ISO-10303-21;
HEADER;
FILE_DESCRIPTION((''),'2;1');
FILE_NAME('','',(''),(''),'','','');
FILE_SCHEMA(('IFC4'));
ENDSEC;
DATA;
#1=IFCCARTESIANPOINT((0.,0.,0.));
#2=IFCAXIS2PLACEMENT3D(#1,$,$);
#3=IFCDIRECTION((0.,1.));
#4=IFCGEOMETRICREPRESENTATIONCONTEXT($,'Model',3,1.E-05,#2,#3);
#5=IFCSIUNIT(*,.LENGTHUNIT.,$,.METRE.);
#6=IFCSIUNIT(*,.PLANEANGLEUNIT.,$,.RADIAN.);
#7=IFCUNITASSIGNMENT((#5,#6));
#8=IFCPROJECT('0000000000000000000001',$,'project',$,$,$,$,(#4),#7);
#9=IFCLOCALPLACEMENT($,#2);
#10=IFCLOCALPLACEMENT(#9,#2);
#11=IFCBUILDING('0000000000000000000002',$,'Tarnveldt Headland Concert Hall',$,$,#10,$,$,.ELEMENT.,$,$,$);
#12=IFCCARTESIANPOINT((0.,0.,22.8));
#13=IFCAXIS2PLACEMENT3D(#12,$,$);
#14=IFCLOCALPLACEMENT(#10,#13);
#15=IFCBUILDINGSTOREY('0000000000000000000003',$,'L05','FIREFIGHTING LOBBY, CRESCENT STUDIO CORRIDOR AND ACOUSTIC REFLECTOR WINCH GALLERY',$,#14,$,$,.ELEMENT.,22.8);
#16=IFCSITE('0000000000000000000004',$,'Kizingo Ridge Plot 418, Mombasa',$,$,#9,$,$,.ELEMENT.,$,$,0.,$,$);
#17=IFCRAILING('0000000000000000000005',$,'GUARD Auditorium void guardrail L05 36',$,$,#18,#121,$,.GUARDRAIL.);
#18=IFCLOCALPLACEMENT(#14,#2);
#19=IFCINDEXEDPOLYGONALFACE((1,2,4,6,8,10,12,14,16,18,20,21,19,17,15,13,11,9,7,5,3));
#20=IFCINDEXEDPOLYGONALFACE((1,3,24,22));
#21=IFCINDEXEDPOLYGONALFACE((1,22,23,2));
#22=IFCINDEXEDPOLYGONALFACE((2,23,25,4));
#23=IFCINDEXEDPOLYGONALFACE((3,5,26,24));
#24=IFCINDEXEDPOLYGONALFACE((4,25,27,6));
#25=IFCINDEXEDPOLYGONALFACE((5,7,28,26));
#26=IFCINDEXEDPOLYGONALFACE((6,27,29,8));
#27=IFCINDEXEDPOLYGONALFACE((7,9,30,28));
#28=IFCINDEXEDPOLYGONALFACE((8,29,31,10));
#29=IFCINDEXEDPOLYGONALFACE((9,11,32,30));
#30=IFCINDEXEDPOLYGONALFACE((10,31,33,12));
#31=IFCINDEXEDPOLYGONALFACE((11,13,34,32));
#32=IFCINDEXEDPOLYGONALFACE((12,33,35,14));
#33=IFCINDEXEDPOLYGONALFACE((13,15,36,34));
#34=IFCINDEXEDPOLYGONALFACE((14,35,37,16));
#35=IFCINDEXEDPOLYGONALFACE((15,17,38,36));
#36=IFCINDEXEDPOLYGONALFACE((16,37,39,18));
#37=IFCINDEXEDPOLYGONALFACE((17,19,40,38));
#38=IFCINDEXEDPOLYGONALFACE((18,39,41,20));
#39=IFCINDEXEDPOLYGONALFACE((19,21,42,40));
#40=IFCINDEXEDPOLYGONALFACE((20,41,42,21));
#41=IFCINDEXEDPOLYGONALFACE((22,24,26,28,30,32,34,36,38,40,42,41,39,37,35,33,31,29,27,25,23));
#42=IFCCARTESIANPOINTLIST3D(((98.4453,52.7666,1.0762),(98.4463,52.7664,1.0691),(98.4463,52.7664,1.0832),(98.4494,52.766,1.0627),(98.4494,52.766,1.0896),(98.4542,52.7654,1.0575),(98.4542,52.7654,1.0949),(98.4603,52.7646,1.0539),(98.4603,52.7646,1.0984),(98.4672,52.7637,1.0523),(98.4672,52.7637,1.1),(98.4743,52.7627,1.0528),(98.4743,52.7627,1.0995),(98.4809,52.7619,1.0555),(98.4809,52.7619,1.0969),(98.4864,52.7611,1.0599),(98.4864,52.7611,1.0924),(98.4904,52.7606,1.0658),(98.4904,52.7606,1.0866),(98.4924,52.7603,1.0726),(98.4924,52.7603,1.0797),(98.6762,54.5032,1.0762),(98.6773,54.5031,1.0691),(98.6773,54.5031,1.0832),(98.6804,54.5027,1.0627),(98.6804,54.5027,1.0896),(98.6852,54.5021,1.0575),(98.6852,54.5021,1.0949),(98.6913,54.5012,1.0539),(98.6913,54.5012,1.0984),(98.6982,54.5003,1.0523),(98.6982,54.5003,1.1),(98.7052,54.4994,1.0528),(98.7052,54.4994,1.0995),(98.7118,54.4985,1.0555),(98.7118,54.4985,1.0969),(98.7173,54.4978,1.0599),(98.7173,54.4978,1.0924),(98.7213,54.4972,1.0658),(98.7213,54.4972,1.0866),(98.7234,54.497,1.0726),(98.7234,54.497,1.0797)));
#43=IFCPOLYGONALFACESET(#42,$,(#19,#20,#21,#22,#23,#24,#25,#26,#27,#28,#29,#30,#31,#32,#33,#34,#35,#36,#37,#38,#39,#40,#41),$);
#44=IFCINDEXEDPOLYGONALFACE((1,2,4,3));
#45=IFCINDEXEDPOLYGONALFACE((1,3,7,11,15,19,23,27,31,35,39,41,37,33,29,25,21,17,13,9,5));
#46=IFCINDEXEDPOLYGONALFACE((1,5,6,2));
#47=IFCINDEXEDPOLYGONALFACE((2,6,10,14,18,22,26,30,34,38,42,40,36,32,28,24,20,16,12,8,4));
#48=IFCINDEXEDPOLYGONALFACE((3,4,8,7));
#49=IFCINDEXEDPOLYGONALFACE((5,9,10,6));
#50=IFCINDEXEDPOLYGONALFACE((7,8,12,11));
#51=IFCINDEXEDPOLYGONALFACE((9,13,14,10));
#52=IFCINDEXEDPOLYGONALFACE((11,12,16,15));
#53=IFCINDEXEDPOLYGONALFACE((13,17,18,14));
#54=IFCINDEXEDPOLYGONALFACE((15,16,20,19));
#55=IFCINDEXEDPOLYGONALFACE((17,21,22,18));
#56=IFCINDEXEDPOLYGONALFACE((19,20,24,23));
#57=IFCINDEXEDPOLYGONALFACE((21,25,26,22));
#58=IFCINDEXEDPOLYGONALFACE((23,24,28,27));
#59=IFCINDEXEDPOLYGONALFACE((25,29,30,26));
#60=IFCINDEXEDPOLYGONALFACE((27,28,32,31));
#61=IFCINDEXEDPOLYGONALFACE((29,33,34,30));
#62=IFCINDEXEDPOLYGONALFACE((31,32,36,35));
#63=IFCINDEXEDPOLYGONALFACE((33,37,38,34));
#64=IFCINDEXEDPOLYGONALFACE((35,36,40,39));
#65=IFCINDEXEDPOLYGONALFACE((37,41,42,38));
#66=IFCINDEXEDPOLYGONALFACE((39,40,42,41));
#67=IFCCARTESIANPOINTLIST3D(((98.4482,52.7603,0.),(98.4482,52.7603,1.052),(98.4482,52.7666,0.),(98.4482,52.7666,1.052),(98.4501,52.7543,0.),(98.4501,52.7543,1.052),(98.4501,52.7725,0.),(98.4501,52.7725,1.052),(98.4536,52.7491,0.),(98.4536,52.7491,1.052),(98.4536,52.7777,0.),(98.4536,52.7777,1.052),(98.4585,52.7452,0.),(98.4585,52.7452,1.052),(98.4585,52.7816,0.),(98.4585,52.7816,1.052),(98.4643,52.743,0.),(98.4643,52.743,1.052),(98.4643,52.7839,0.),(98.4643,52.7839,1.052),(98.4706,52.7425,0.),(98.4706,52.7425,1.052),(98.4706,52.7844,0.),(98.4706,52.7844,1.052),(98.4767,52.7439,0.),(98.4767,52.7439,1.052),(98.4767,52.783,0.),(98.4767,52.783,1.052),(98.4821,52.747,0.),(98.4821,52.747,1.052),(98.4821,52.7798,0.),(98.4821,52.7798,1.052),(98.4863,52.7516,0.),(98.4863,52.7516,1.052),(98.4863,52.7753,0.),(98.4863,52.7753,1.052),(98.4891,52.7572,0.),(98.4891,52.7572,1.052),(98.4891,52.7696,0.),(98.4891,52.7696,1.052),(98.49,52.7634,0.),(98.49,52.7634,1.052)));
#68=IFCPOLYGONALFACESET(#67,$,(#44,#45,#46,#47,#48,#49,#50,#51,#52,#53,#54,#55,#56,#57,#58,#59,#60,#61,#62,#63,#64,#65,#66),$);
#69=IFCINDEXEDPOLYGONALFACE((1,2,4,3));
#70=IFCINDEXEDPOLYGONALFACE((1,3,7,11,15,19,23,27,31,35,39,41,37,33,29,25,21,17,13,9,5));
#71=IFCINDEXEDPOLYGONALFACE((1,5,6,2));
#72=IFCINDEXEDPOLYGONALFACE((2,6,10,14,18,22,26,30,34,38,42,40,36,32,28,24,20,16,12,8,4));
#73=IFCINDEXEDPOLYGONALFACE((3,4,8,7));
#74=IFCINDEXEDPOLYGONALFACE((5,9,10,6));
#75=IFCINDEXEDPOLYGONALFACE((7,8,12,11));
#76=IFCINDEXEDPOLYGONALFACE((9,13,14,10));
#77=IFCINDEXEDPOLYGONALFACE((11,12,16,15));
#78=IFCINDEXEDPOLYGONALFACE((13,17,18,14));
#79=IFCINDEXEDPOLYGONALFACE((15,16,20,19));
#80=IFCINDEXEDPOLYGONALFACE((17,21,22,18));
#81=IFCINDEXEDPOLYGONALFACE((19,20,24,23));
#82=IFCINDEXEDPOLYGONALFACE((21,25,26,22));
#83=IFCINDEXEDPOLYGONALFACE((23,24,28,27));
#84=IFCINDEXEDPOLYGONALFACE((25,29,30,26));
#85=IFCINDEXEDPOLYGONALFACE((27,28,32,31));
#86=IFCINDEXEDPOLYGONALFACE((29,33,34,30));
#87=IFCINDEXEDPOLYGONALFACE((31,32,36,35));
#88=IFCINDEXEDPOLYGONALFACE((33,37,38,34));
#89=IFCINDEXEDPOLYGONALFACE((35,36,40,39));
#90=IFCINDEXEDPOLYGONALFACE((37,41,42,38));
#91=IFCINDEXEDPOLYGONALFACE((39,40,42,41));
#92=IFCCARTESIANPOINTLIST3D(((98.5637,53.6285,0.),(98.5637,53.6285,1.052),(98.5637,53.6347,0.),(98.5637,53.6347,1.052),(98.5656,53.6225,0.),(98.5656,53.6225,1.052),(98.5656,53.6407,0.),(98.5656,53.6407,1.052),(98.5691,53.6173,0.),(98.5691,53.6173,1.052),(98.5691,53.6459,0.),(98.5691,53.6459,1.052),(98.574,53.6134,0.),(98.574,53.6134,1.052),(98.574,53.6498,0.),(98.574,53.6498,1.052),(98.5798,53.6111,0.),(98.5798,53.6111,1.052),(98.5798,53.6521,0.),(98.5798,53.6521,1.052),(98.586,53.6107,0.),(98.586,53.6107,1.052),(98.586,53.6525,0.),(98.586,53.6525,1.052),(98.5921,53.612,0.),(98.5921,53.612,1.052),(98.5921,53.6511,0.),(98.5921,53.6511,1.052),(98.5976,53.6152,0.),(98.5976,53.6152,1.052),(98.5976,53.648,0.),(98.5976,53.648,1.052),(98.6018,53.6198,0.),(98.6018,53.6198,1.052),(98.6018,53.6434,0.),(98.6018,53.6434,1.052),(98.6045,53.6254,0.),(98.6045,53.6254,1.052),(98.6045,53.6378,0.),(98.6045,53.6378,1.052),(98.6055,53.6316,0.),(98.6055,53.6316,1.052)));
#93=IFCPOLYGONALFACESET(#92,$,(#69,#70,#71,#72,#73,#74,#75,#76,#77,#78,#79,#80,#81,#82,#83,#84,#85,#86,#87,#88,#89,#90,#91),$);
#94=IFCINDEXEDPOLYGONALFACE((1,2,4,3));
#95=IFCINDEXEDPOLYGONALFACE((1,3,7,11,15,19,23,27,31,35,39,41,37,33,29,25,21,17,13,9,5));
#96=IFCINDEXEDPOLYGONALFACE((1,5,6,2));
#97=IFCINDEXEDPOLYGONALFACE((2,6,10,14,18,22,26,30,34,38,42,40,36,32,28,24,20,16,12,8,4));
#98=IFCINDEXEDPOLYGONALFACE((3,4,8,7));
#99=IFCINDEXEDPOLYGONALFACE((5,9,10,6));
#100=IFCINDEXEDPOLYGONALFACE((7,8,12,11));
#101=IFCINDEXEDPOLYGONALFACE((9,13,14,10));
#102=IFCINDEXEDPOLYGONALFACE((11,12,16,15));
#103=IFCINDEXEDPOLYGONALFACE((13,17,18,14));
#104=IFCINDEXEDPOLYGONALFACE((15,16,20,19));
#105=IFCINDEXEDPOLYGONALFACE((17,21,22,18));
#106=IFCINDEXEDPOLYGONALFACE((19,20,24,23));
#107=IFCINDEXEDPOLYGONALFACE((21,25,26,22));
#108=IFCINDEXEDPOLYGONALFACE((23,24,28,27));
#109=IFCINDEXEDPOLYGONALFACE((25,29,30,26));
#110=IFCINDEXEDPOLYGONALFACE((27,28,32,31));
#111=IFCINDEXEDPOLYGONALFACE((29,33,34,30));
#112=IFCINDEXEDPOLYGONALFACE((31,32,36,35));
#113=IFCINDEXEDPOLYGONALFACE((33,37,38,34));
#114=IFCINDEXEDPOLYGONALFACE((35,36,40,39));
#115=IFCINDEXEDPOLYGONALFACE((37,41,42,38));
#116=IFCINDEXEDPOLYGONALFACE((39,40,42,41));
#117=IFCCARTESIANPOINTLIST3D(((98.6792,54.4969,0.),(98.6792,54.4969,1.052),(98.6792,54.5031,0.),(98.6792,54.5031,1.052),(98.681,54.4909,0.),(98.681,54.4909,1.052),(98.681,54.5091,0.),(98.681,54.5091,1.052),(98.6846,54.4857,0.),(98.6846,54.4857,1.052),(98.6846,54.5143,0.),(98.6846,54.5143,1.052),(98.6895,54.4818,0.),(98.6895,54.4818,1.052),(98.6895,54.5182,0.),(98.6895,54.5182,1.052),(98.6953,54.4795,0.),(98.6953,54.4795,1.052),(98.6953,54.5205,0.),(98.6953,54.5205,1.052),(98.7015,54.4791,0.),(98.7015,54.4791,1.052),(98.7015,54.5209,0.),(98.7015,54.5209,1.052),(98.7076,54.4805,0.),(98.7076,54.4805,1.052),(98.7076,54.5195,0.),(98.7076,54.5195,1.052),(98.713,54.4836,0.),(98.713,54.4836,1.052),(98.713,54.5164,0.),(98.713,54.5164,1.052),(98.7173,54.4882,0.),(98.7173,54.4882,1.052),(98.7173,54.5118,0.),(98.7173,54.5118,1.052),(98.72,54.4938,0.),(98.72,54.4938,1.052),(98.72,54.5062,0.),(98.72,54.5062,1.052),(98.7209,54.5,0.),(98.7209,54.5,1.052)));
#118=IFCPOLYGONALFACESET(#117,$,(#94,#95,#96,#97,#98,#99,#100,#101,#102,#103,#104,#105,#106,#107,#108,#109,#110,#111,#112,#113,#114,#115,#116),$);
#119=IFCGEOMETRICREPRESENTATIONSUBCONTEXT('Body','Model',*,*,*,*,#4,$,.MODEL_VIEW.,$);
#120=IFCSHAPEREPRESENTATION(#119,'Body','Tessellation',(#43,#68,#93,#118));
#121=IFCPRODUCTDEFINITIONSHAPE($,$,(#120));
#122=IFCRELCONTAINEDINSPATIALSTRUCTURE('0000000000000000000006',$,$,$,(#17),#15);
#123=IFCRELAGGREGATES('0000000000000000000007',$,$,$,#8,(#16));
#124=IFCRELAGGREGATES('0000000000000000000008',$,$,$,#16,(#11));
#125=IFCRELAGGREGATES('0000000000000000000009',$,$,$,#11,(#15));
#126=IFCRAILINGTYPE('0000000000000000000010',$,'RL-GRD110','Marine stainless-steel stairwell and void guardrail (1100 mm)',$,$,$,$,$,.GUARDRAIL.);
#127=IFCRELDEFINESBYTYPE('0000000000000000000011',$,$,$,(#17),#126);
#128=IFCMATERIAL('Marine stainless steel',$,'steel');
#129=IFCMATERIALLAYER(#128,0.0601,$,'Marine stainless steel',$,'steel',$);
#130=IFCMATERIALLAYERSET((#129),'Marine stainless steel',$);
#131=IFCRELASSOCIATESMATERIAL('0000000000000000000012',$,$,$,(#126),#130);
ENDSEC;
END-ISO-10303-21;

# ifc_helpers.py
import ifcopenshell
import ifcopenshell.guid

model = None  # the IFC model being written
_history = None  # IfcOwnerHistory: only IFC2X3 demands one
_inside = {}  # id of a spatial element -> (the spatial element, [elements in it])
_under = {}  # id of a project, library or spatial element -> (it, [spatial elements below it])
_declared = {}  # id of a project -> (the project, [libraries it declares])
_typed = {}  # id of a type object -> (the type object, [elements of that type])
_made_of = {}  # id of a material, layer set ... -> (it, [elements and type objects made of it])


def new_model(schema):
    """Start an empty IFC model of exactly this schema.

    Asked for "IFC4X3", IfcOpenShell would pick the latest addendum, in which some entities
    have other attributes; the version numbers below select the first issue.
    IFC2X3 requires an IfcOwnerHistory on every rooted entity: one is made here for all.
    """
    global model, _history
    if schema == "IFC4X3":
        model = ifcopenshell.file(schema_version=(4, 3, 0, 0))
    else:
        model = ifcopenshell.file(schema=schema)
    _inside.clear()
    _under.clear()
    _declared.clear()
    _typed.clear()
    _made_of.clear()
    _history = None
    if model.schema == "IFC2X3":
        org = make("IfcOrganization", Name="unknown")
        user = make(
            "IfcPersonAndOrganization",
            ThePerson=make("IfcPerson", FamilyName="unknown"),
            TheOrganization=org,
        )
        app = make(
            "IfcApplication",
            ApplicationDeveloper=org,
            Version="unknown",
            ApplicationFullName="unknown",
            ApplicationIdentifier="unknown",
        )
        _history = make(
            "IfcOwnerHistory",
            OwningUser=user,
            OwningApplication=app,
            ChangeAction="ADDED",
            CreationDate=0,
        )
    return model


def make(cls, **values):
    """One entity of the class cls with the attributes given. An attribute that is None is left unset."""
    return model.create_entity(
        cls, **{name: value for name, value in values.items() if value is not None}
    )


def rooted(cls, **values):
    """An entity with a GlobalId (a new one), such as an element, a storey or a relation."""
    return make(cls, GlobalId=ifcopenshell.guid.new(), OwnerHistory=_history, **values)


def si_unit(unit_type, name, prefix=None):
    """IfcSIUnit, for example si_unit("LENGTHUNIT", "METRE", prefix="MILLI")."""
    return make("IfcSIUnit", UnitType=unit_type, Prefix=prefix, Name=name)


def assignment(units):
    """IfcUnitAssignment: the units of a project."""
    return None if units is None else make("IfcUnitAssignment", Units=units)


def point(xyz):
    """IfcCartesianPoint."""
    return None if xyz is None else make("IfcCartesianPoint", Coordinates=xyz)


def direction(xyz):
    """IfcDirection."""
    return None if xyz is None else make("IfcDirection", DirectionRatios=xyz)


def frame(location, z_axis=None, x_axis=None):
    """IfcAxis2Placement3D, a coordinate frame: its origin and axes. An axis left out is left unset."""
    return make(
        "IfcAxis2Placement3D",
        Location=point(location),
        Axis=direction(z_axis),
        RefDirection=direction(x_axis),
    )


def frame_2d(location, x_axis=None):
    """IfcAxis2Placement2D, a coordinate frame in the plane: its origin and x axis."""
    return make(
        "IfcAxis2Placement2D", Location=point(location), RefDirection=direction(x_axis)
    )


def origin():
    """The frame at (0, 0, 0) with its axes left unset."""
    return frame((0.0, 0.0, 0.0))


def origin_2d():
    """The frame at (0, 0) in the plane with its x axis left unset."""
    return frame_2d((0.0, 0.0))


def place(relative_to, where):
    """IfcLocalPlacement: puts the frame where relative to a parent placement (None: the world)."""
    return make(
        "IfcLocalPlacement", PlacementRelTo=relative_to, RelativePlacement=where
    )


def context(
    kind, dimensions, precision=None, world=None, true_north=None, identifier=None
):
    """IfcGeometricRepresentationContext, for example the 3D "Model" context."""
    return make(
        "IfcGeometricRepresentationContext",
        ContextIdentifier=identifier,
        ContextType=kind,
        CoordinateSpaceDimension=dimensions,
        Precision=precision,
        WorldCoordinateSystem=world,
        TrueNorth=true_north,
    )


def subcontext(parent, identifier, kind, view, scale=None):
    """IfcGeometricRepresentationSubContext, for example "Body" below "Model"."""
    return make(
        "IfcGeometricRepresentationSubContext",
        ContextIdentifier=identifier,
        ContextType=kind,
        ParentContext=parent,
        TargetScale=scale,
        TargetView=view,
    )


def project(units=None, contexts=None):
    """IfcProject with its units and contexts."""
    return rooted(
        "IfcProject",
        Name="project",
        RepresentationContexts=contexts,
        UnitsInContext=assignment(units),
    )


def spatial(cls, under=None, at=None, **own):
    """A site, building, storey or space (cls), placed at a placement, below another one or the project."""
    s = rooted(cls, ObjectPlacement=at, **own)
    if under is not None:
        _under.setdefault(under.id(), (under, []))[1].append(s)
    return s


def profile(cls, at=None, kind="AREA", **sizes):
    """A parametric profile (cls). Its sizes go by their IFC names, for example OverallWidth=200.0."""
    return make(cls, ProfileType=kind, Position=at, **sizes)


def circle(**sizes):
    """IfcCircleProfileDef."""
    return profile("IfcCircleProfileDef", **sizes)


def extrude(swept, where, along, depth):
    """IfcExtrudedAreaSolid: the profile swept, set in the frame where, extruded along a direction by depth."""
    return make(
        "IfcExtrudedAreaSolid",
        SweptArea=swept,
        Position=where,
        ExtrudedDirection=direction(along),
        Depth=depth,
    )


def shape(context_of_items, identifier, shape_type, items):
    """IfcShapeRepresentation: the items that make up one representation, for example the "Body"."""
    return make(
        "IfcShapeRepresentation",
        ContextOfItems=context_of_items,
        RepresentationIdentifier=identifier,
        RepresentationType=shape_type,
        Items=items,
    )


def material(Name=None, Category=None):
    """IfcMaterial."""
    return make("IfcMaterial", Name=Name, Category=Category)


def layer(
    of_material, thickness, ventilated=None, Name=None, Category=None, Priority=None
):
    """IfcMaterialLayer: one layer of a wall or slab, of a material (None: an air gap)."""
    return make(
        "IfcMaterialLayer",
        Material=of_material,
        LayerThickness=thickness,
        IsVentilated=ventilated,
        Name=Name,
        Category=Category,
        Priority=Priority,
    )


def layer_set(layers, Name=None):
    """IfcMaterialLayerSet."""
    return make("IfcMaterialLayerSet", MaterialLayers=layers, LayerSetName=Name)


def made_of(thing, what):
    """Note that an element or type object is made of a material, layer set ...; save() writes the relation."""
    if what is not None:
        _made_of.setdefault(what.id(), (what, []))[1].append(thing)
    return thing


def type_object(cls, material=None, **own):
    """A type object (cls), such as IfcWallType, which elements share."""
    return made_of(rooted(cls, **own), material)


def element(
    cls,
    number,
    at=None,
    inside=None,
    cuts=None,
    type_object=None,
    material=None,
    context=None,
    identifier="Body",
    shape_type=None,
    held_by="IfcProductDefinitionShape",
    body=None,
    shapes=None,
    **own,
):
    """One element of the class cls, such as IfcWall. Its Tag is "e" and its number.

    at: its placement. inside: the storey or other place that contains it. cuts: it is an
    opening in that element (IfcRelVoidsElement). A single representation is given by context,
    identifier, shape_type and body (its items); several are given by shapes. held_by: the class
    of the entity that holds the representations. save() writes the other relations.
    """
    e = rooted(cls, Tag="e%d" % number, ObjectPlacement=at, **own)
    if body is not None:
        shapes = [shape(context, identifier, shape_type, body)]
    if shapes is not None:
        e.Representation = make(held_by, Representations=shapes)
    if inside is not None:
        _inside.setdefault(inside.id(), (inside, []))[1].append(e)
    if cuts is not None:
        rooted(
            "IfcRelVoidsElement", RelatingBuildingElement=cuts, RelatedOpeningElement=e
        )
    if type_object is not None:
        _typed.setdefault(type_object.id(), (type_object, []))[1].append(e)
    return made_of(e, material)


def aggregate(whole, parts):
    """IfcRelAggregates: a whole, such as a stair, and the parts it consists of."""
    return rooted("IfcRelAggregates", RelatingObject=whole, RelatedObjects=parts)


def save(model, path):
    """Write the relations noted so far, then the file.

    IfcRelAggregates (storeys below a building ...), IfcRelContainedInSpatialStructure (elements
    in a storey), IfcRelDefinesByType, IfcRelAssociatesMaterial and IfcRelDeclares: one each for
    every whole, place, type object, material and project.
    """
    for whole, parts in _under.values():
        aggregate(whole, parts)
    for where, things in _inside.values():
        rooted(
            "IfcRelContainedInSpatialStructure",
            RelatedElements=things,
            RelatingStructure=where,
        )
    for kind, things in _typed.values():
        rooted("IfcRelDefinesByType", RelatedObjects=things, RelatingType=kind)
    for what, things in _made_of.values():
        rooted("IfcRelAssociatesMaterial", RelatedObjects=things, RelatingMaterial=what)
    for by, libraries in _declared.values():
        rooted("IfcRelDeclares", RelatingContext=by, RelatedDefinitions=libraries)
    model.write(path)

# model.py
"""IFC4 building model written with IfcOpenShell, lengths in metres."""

from ifc_helpers import new_model, si_unit, direction, frame, origin, origin_2d, place, context, subcontext, project, spatial, circle, extrude, material, layer, layer_set, type_object, element, save


model = new_model("IFC4")

# Units and contexts
model_context = context("Model", 3, precision=1e-05, world=origin(), true_north=direction((0.0, 1.0)))
body_context = subcontext(model_context, "Body", "Model", "MODEL_VIEW")
ifc_project = project(units=[si_unit("LENGTHUNIT", "METRE"), si_unit("PLANEANGLEUNIT", "RADIAN")], contexts=[model_context])

# Site, building, storey
site_placement = place(None, origin())
site = spatial("IfcSite", under=ifc_project, at=site_placement, Name="Kizingo Ridge Plot 418, Mombasa", CompositionType="ELEMENT", RefElevation=0.0)
building_placement = place(site_placement, origin())
building = spatial("IfcBuilding", under=site, at=building_placement, Name="Tarnveldt Headland Concert Hall", CompositionType="ELEMENT")
storey_placement = place(building_placement, frame((0.0, 0.0, 22.8)))
storey = spatial("IfcBuildingStorey", under=building, at=storey_placement, Name="L05", Description="FIREFIGHTING LOBBY, CRESCENT STUDIO CORRIDOR AND ACOUSTIC REFLECTOR WINCH GALLERY", CompositionType="ELEMENT", Elevation=22.8)

# Railing
ifc_material_1 = material(Name="Marine stainless steel", Category="steel")
ifc_layer_1 = layer(ifc_material_1, 0.0601, Name="Marine stainless steel", Category="steel")
ifc_layer_set_1 = layer_set([ifc_layer_1], Name="Marine stainless steel")
railing_type = type_object("IfcRailingType", Name="RL-GRD110", Description="Marine stainless-steel stairwell and void guardrail (1100 mm)", PredefinedType="GUARDRAIL", material=ifc_layer_set_1)
railing_1_placement = place(storey_placement, frame((98.469, 52.7634, 0.0)))
element("IfcRailing", 1, at=railing_1_placement, inside=storey, type_object=railing_type, Name="GUARD Auditorium void guardrail L05 36", PredefinedType="GUARDRAIL", context=body_context, shape_type="SweptSolid", body=[
    extrude(circle(Radius=0.0239, at=origin_2d()), frame((0.0, 0.0, 1.0762), z_axis=(0.131835, 0.991272, 0.0), x_axis=(-0.991272, 0.131835, 0.0)), (0.0, 0.0, 1.0), 1.752),
    extrude(circle(Radius=0.021, at=origin_2d()), origin(), (0.0, 0.0, 1.0), 1.052),
    extrude(circle(Radius=0.021, at=origin_2d()), frame((0.1155, 0.8682, 0.0)), (0.0, 0.0, 1.0), 1.052),
    extrude(circle(Radius=0.021, at=origin_2d()), frame((0.231, 1.7366, 0.0)), (0.0, 0.0, 1.0), 1.052),
])

save(model, "model.ifc")
